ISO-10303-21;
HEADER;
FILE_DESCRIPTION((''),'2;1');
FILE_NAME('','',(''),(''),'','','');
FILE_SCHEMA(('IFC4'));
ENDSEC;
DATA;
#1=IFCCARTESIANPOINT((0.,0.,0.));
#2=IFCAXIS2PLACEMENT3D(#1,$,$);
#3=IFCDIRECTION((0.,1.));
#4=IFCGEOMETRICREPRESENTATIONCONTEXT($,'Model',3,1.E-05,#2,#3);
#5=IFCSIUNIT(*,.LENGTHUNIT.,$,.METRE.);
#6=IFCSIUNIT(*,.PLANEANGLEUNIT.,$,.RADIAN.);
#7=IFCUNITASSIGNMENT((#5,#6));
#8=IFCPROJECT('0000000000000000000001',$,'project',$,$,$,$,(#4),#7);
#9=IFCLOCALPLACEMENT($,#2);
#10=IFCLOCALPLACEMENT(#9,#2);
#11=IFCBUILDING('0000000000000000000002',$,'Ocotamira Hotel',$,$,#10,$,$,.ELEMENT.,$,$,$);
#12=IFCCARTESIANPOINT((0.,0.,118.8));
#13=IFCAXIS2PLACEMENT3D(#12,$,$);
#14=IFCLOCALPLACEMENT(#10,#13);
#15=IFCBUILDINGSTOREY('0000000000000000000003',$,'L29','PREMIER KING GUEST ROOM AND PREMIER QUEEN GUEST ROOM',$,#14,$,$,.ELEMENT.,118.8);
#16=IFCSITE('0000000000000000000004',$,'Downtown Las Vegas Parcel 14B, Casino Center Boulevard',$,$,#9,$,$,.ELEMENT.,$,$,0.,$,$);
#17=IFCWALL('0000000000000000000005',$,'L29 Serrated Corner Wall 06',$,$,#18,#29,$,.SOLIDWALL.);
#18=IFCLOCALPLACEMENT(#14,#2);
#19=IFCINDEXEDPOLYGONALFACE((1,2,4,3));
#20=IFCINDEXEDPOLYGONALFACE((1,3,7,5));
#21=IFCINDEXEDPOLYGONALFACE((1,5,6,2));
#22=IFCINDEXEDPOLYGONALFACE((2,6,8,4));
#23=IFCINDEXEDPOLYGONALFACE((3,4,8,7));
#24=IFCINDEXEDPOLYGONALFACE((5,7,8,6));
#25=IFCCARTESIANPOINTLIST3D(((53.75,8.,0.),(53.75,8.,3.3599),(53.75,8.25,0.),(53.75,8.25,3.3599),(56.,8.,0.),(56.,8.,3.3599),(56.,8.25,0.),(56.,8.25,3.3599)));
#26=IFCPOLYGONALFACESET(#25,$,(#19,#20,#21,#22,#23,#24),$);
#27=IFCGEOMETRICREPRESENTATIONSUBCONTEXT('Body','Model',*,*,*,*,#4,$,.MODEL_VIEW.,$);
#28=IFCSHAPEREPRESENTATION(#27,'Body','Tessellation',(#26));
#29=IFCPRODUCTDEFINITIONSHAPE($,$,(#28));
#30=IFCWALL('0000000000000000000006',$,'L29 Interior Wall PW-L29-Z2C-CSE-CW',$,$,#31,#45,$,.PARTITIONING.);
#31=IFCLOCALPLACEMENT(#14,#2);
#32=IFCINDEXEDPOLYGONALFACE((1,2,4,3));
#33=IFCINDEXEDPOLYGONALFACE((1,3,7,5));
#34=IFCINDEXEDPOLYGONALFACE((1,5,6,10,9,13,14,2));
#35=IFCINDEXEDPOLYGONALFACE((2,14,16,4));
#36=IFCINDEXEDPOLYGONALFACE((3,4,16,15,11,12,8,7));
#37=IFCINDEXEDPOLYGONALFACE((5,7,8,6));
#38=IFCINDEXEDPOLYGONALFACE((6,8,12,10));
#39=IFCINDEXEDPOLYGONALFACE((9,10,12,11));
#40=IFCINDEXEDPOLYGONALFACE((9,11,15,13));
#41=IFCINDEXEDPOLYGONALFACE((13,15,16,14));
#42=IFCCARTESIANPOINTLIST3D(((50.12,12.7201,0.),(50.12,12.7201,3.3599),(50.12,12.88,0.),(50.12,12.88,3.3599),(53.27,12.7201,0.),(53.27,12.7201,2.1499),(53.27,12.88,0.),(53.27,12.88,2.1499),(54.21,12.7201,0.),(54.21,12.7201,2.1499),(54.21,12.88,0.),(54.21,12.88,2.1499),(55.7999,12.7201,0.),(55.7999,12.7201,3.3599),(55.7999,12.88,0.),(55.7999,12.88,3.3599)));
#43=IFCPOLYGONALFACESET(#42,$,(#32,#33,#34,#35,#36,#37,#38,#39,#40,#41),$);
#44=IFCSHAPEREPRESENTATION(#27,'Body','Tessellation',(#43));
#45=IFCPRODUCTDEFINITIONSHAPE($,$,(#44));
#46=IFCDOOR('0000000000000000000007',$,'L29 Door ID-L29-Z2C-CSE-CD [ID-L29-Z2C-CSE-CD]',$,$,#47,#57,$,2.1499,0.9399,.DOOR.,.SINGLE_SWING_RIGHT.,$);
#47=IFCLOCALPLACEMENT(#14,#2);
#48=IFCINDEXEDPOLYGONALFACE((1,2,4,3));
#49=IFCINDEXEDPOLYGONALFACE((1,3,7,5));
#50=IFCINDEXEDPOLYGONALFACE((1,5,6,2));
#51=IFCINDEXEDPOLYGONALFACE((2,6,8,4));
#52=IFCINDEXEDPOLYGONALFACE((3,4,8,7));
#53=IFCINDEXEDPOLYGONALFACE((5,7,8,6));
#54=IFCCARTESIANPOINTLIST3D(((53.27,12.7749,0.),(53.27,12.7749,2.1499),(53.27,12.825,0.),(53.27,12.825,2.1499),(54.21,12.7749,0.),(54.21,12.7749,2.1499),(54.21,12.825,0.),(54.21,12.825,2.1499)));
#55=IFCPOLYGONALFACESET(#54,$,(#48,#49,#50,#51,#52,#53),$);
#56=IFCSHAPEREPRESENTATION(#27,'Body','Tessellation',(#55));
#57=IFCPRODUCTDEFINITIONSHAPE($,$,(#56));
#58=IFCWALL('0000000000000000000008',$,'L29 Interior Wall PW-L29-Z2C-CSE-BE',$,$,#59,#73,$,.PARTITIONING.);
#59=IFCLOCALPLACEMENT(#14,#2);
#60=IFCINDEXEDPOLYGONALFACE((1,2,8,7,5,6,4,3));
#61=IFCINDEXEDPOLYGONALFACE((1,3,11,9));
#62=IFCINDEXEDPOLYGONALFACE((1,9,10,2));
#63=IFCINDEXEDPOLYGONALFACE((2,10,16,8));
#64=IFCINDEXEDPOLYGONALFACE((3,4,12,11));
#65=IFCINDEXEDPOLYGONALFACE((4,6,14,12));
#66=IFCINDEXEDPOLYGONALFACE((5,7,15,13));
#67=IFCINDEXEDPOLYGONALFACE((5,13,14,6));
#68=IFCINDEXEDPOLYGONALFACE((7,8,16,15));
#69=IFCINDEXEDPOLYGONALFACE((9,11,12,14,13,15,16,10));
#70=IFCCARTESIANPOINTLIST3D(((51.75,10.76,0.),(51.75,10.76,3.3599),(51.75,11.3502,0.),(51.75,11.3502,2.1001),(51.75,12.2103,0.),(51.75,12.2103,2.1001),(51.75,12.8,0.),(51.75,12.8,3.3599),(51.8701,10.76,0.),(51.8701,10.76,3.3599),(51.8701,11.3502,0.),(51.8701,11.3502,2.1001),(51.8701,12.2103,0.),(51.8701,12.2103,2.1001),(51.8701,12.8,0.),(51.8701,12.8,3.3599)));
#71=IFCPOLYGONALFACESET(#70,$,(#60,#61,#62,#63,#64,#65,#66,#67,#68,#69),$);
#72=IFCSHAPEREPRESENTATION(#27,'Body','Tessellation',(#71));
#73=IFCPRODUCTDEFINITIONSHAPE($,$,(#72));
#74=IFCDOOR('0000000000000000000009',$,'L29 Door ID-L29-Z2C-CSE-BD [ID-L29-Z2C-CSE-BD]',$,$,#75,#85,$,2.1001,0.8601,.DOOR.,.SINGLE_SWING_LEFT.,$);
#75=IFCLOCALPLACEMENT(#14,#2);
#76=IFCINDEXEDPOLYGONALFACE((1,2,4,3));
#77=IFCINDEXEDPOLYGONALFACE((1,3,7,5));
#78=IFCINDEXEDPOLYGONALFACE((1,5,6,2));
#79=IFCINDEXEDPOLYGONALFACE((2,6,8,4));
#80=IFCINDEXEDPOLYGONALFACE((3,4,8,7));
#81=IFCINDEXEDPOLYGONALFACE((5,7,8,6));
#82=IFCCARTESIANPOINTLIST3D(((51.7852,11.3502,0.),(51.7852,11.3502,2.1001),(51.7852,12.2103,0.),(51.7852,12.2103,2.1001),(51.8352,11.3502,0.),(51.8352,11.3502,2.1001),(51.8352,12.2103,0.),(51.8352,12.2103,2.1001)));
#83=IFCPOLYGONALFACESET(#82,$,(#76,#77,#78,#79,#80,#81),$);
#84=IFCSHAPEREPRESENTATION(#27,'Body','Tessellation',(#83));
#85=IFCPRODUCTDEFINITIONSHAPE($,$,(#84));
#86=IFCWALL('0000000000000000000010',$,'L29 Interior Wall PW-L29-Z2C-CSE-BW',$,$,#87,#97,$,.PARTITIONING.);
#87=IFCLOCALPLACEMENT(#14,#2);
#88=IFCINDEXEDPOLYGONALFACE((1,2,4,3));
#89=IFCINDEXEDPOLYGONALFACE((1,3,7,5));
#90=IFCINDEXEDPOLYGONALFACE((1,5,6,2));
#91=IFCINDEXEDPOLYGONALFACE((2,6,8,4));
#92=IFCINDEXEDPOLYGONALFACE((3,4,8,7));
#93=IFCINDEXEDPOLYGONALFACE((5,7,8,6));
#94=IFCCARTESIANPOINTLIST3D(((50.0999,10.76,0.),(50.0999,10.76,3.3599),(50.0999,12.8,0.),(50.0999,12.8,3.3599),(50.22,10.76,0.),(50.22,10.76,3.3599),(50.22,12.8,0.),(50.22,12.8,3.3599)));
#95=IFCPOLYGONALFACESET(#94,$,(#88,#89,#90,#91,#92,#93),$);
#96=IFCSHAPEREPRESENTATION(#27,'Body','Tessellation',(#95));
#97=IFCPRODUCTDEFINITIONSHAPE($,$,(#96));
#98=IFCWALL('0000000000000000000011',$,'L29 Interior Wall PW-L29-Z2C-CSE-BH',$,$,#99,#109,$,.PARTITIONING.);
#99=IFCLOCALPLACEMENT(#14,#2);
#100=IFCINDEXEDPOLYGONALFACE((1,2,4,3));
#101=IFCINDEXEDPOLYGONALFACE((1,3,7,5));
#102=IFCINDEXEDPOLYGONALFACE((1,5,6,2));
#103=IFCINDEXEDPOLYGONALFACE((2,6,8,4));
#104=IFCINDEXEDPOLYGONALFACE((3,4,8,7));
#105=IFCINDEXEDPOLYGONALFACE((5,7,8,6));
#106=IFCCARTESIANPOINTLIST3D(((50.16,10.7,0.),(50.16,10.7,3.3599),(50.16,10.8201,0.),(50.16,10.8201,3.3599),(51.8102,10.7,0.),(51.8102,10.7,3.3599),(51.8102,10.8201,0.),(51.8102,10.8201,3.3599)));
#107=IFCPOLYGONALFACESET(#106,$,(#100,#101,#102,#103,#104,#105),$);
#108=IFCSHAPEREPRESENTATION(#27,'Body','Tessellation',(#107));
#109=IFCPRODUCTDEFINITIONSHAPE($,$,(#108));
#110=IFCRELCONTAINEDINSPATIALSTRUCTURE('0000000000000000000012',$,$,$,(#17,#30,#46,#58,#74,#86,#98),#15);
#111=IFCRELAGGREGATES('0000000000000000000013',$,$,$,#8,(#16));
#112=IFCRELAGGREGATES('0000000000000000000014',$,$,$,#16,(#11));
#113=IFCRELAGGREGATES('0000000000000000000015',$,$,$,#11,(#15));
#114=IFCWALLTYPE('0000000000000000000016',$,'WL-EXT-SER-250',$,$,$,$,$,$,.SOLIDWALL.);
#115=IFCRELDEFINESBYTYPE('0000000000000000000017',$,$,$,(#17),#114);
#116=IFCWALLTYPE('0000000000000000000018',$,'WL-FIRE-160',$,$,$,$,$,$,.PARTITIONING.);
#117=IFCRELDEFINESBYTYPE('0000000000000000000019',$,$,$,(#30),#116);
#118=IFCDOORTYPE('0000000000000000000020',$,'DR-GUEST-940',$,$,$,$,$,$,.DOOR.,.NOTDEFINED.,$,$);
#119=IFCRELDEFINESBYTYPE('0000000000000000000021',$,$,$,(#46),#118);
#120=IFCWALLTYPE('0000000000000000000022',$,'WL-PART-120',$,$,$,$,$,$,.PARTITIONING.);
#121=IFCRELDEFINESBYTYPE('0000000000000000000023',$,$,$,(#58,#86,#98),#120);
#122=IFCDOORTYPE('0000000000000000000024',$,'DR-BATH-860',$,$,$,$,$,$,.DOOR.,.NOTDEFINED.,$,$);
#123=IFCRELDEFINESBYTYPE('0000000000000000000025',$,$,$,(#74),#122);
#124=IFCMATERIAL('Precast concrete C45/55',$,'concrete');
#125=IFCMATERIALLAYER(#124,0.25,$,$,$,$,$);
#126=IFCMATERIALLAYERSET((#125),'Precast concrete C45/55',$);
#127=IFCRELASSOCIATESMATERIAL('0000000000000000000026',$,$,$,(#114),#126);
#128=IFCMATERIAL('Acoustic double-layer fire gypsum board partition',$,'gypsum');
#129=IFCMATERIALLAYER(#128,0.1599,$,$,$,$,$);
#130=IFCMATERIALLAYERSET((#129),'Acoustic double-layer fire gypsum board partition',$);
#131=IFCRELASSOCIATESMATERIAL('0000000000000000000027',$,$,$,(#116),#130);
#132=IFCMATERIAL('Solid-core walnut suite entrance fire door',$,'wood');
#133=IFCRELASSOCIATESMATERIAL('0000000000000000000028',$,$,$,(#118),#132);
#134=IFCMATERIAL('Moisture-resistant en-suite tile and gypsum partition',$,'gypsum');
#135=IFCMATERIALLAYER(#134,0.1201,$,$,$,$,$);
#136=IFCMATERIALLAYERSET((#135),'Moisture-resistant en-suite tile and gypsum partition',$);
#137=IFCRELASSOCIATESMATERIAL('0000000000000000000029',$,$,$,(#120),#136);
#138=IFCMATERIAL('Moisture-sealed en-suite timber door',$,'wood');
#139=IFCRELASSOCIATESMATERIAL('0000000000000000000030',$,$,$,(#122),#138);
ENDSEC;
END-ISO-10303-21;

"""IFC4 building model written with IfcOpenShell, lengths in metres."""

from ifc_helpers import new_model, si_unit, direction, frame, frame_2d, origin, place, context, subcontext, project, spatial, rectangle, extrude, source, transform, mapped, material, layer, layer_set, type_object, element, fill, save


model = new_model("IFC4")

# Units and contexts
model_context = context("Model", 3, precision=1e-05, world=origin(), true_north=direction((0.0, 1.0)))
body_context = subcontext(model_context, "Body", "Model", "MODEL_VIEW")
ifc_project = project(units=[si_unit("LENGTHUNIT", "METRE"), si_unit("PLANEANGLEUNIT", "RADIAN")], contexts=[model_context])

# Site, building, storey
site_placement = place(None, origin())
site = spatial("IfcSite", under=ifc_project, at=site_placement, Name="Downtown Las Vegas Parcel 14B, Casino Center Boulevard", CompositionType="ELEMENT", RefElevation=0.0)
building_placement = place(site_placement, origin())
building = spatial("IfcBuilding", under=site, at=building_placement, Name="Ocotamira Hotel", CompositionType="ELEMENT")
storey_placement = place(building_placement, frame((0.0, 0.0, 118.8)))
storey = spatial("IfcBuildingStorey", under=building, at=storey_placement, Name="L29", Description="PREMIER KING GUEST ROOM AND PREMIER QUEEN GUEST ROOM", CompositionType="ELEMENT", Elevation=118.8)

# Wall
ifc_material_1 = material(Name="Precast concrete C45/55", Category="concrete")
ifc_layer_1 = layer(ifc_material_1, 0.25)
ifc_layer_set_1 = layer_set([ifc_layer_1], Name="Precast concrete C45/55")
wall_type_1 = type_object("IfcWallType", Name="WL-EXT-SER-250", PredefinedType="SOLIDWALL", material=ifc_layer_set_1)
wall_1_placement = place(storey_placement, frame((53.75, 8.125, 0.0), z_axis=(0.0, 0.0, 1.0), x_axis=(1.0, 0.0, 0.0)))
element("IfcWall", 1, at=wall_1_placement, inside=storey, type_object=wall_type_1, Name="L29 Serrated Corner Wall 06", PredefinedType="SOLIDWALL", context=body_context, shape_type="SweptSolid", body=[
    extrude(rectangle(XDim=2.25, YDim=0.25, at=frame_2d((1.125, 0.0))), origin(), (0.0, 0.0, 1.0), 3.3599),
])

# Walls, openings, doors
ifc_material_2 = material(Name="Acoustic double-layer fire gypsum board partition", Category="gypsum")
ifc_layer_2 = layer(ifc_material_2, 0.1599)
ifc_layer_set_2 = layer_set([ifc_layer_2], Name="Acoustic double-layer fire gypsum board partition")
wall_type_2 = type_object("IfcWallType", Name="WL-FIRE-160", PredefinedType="PARTITIONING", material=ifc_layer_set_2)
wall_2_placement = place(storey_placement, frame((50.1201, 12.8, 0.0), z_axis=(0.0, 0.0, 1.0), x_axis=(1.0, 0.0, 0.0)))
wall_2 = element("IfcWall", 2, at=wall_2_placement, inside=storey, type_object=wall_type_2, Name="L29 Interior Wall PW-L29-Z2C-CSE-CW", PredefinedType="PARTITIONING", context=body_context, shape_type="SweptSolid", body=[
    extrude(rectangle(XDim=5.6799, YDim=0.1599, at=frame_2d((2.8398, 0.0))), origin(), (0.0, 0.0, 1.0), 3.3599),
])
opening_1_placement = place(wall_2_placement, frame((3.1499, 0.0, 0.0)))
opening_1 = element("IfcOpeningElement", 3, at=opening_1_placement, cuts=wall_2, PredefinedType="OPENING", context=body_context, shape_type="SweptSolid", body=[
    extrude(rectangle(XDim=0.9399, YDim=2.1499, at=frame_2d((0.47, 1.075))), frame((0.0, 0.0898, 0.0), z_axis=(0.0, -1.0, 0.0), x_axis=(1.0, 0.0, 0.0)), (0.0, 0.0, 1.0), 0.1799),
])
ifc_material_3 = material(Name="Solid-core walnut suite entrance fire door", Category="wood")
door_type_1 = type_object("IfcDoorType", Name="DR-GUEST-940", OperationType="NOTDEFINED", PredefinedType="DOOR", material=ifc_material_3)
shared_shape_1 = source(origin(), body_context, "Body", "SweptSolid", [
    extrude(rectangle(XDim=0.9399, YDim=2.1499, at=frame_2d((0.47, 1.075))), frame((0.0, 0.0249, 0.0), z_axis=(0.0, -1.0, 0.0), x_axis=(1.0, 0.0, 0.0)), (0.0, 0.0, 1.0), 0.05),
])
door_1_placement = place(opening_1_placement, origin())
door_1 = element("IfcDoor", 4, at=door_1_placement, inside=storey, type_object=door_type_1, Name="L29 Door ID-L29-Z2C-CSE-CD [ID-L29-Z2C-CSE-CD]", OperationType="SINGLE_SWING_RIGHT", OverallHeight=2.1499, OverallWidth=0.9399, PredefinedType="DOOR", context=body_context, shape_type="MappedRepresentation", body=[
    mapped(shared_shape_1, transform((0.0, 0.0, 0.0), scale=1.0)),
])
fill(opening_1, door_1)
ifc_material_4 = material(Name="Moisture-resistant en-suite tile and gypsum partition", Category="gypsum")
ifc_layer_3 = layer(ifc_material_4, 0.1201)
ifc_layer_set_3 = layer_set([ifc_layer_3], Name="Moisture-resistant en-suite tile and gypsum partition")
wall_type_3 = type_object("IfcWallType", Name="WL-PART-120", PredefinedType="PARTITIONING", material=ifc_layer_set_3)
wall_3_placement = place(storey_placement, frame((51.8101, 10.76, 0.0), z_axis=(0.0, 0.0, 1.0), x_axis=(0.0, 1.0, 0.0)))
wall_3 = element("IfcWall", 5, at=wall_3_placement, inside=storey, type_object=wall_type_3, Name="L29 Interior Wall PW-L29-Z2C-CSE-BE", PredefinedType="PARTITIONING", context=body_context, shape_type="SweptSolid", body=[
    extrude(rectangle(XDim=2.04, YDim=0.1201, at=frame_2d((1.02, 0.0))), origin(), (0.0, 0.0, 1.0), 3.3599),
])
opening_2_placement = place(wall_3_placement, frame((0.5901, 0.0, 0.0)))
opening_2 = element("IfcOpeningElement", 6, at=opening_2_placement, cuts=wall_3, PredefinedType="OPENING", context=body_context, shape_type="SweptSolid", body=[
    extrude(rectangle(XDim=0.8601, YDim=2.1001, at=frame_2d((0.4302, 1.05))), frame((0.0, 0.0701, 0.0), z_axis=(0.0, -1.0, 0.0), x_axis=(1.0, 0.0, 0.0)), (0.0, 0.0, 1.0), 0.1401),
])
ifc_material_5 = material(Name="Moisture-sealed en-suite timber door", Category="wood")
door_type_2 = type_object("IfcDoorType", Name="DR-BATH-860", OperationType="NOTDEFINED", PredefinedType="DOOR", material=ifc_material_5)
shared_shape_2 = source(origin(), body_context, "Body", "SweptSolid", [
    extrude(rectangle(XDim=0.8601, YDim=2.1001, at=frame_2d((0.4302, 1.05))), frame((0.0, 0.0249, 0.0), z_axis=(0.0, -1.0, 0.0), x_axis=(1.0, 0.0, 0.0)), (0.0, 0.0, 1.0), 0.05),
])
door_2_placement = place(opening_2_placement, origin())
door_2 = element("IfcDoor", 7, at=door_2_placement, inside=storey, type_object=door_type_2, Name="L29 Door ID-L29-Z2C-CSE-BD [ID-L29-Z2C-CSE-BD]", OperationType="SINGLE_SWING_LEFT", OverallHeight=2.1001, OverallWidth=0.8601, PredefinedType="DOOR", context=body_context, shape_type="MappedRepresentation", body=[
    mapped(shared_shape_2, transform((0.0, 0.0, 0.0), scale=1.0)),
])
fill(opening_2, door_2)

# Walls
wall_4_placement = place(storey_placement, frame((50.1599, 10.76, 0.0), z_axis=(0.0, 0.0, 1.0), x_axis=(0.0, 1.0, 0.0)))
element("IfcWall", 8, at=wall_4_placement, inside=storey, type_object=wall_type_3, Name="L29 Interior Wall PW-L29-Z2C-CSE-BW", PredefinedType="PARTITIONING", context=body_context, shape_type="SweptSolid", body=[
    extrude(rectangle(XDim=2.04, YDim=0.1201, at=frame_2d((1.02, 0.0))), origin(), (0.0, 0.0, 1.0), 3.3599),
])
wall_5_placement = place(storey_placement, frame((50.1599, 10.76, 0.0), z_axis=(0.0, 0.0, 1.0), x_axis=(1.0, 0.0, 0.0)))
element("IfcWall", 9, at=wall_5_placement, inside=storey, type_object=wall_type_3, Name="L29 Interior Wall PW-L29-Z2C-CSE-BH", PredefinedType="PARTITIONING", context=body_context, shape_type="SweptSolid", body=[
    extrude(rectangle(XDim=1.6501, YDim=0.1201, at=frame_2d((0.8252, 0.0))), origin(), (0.0, 0.0, 1.0), 3.3599),
])

save(model, "model.ifc")
